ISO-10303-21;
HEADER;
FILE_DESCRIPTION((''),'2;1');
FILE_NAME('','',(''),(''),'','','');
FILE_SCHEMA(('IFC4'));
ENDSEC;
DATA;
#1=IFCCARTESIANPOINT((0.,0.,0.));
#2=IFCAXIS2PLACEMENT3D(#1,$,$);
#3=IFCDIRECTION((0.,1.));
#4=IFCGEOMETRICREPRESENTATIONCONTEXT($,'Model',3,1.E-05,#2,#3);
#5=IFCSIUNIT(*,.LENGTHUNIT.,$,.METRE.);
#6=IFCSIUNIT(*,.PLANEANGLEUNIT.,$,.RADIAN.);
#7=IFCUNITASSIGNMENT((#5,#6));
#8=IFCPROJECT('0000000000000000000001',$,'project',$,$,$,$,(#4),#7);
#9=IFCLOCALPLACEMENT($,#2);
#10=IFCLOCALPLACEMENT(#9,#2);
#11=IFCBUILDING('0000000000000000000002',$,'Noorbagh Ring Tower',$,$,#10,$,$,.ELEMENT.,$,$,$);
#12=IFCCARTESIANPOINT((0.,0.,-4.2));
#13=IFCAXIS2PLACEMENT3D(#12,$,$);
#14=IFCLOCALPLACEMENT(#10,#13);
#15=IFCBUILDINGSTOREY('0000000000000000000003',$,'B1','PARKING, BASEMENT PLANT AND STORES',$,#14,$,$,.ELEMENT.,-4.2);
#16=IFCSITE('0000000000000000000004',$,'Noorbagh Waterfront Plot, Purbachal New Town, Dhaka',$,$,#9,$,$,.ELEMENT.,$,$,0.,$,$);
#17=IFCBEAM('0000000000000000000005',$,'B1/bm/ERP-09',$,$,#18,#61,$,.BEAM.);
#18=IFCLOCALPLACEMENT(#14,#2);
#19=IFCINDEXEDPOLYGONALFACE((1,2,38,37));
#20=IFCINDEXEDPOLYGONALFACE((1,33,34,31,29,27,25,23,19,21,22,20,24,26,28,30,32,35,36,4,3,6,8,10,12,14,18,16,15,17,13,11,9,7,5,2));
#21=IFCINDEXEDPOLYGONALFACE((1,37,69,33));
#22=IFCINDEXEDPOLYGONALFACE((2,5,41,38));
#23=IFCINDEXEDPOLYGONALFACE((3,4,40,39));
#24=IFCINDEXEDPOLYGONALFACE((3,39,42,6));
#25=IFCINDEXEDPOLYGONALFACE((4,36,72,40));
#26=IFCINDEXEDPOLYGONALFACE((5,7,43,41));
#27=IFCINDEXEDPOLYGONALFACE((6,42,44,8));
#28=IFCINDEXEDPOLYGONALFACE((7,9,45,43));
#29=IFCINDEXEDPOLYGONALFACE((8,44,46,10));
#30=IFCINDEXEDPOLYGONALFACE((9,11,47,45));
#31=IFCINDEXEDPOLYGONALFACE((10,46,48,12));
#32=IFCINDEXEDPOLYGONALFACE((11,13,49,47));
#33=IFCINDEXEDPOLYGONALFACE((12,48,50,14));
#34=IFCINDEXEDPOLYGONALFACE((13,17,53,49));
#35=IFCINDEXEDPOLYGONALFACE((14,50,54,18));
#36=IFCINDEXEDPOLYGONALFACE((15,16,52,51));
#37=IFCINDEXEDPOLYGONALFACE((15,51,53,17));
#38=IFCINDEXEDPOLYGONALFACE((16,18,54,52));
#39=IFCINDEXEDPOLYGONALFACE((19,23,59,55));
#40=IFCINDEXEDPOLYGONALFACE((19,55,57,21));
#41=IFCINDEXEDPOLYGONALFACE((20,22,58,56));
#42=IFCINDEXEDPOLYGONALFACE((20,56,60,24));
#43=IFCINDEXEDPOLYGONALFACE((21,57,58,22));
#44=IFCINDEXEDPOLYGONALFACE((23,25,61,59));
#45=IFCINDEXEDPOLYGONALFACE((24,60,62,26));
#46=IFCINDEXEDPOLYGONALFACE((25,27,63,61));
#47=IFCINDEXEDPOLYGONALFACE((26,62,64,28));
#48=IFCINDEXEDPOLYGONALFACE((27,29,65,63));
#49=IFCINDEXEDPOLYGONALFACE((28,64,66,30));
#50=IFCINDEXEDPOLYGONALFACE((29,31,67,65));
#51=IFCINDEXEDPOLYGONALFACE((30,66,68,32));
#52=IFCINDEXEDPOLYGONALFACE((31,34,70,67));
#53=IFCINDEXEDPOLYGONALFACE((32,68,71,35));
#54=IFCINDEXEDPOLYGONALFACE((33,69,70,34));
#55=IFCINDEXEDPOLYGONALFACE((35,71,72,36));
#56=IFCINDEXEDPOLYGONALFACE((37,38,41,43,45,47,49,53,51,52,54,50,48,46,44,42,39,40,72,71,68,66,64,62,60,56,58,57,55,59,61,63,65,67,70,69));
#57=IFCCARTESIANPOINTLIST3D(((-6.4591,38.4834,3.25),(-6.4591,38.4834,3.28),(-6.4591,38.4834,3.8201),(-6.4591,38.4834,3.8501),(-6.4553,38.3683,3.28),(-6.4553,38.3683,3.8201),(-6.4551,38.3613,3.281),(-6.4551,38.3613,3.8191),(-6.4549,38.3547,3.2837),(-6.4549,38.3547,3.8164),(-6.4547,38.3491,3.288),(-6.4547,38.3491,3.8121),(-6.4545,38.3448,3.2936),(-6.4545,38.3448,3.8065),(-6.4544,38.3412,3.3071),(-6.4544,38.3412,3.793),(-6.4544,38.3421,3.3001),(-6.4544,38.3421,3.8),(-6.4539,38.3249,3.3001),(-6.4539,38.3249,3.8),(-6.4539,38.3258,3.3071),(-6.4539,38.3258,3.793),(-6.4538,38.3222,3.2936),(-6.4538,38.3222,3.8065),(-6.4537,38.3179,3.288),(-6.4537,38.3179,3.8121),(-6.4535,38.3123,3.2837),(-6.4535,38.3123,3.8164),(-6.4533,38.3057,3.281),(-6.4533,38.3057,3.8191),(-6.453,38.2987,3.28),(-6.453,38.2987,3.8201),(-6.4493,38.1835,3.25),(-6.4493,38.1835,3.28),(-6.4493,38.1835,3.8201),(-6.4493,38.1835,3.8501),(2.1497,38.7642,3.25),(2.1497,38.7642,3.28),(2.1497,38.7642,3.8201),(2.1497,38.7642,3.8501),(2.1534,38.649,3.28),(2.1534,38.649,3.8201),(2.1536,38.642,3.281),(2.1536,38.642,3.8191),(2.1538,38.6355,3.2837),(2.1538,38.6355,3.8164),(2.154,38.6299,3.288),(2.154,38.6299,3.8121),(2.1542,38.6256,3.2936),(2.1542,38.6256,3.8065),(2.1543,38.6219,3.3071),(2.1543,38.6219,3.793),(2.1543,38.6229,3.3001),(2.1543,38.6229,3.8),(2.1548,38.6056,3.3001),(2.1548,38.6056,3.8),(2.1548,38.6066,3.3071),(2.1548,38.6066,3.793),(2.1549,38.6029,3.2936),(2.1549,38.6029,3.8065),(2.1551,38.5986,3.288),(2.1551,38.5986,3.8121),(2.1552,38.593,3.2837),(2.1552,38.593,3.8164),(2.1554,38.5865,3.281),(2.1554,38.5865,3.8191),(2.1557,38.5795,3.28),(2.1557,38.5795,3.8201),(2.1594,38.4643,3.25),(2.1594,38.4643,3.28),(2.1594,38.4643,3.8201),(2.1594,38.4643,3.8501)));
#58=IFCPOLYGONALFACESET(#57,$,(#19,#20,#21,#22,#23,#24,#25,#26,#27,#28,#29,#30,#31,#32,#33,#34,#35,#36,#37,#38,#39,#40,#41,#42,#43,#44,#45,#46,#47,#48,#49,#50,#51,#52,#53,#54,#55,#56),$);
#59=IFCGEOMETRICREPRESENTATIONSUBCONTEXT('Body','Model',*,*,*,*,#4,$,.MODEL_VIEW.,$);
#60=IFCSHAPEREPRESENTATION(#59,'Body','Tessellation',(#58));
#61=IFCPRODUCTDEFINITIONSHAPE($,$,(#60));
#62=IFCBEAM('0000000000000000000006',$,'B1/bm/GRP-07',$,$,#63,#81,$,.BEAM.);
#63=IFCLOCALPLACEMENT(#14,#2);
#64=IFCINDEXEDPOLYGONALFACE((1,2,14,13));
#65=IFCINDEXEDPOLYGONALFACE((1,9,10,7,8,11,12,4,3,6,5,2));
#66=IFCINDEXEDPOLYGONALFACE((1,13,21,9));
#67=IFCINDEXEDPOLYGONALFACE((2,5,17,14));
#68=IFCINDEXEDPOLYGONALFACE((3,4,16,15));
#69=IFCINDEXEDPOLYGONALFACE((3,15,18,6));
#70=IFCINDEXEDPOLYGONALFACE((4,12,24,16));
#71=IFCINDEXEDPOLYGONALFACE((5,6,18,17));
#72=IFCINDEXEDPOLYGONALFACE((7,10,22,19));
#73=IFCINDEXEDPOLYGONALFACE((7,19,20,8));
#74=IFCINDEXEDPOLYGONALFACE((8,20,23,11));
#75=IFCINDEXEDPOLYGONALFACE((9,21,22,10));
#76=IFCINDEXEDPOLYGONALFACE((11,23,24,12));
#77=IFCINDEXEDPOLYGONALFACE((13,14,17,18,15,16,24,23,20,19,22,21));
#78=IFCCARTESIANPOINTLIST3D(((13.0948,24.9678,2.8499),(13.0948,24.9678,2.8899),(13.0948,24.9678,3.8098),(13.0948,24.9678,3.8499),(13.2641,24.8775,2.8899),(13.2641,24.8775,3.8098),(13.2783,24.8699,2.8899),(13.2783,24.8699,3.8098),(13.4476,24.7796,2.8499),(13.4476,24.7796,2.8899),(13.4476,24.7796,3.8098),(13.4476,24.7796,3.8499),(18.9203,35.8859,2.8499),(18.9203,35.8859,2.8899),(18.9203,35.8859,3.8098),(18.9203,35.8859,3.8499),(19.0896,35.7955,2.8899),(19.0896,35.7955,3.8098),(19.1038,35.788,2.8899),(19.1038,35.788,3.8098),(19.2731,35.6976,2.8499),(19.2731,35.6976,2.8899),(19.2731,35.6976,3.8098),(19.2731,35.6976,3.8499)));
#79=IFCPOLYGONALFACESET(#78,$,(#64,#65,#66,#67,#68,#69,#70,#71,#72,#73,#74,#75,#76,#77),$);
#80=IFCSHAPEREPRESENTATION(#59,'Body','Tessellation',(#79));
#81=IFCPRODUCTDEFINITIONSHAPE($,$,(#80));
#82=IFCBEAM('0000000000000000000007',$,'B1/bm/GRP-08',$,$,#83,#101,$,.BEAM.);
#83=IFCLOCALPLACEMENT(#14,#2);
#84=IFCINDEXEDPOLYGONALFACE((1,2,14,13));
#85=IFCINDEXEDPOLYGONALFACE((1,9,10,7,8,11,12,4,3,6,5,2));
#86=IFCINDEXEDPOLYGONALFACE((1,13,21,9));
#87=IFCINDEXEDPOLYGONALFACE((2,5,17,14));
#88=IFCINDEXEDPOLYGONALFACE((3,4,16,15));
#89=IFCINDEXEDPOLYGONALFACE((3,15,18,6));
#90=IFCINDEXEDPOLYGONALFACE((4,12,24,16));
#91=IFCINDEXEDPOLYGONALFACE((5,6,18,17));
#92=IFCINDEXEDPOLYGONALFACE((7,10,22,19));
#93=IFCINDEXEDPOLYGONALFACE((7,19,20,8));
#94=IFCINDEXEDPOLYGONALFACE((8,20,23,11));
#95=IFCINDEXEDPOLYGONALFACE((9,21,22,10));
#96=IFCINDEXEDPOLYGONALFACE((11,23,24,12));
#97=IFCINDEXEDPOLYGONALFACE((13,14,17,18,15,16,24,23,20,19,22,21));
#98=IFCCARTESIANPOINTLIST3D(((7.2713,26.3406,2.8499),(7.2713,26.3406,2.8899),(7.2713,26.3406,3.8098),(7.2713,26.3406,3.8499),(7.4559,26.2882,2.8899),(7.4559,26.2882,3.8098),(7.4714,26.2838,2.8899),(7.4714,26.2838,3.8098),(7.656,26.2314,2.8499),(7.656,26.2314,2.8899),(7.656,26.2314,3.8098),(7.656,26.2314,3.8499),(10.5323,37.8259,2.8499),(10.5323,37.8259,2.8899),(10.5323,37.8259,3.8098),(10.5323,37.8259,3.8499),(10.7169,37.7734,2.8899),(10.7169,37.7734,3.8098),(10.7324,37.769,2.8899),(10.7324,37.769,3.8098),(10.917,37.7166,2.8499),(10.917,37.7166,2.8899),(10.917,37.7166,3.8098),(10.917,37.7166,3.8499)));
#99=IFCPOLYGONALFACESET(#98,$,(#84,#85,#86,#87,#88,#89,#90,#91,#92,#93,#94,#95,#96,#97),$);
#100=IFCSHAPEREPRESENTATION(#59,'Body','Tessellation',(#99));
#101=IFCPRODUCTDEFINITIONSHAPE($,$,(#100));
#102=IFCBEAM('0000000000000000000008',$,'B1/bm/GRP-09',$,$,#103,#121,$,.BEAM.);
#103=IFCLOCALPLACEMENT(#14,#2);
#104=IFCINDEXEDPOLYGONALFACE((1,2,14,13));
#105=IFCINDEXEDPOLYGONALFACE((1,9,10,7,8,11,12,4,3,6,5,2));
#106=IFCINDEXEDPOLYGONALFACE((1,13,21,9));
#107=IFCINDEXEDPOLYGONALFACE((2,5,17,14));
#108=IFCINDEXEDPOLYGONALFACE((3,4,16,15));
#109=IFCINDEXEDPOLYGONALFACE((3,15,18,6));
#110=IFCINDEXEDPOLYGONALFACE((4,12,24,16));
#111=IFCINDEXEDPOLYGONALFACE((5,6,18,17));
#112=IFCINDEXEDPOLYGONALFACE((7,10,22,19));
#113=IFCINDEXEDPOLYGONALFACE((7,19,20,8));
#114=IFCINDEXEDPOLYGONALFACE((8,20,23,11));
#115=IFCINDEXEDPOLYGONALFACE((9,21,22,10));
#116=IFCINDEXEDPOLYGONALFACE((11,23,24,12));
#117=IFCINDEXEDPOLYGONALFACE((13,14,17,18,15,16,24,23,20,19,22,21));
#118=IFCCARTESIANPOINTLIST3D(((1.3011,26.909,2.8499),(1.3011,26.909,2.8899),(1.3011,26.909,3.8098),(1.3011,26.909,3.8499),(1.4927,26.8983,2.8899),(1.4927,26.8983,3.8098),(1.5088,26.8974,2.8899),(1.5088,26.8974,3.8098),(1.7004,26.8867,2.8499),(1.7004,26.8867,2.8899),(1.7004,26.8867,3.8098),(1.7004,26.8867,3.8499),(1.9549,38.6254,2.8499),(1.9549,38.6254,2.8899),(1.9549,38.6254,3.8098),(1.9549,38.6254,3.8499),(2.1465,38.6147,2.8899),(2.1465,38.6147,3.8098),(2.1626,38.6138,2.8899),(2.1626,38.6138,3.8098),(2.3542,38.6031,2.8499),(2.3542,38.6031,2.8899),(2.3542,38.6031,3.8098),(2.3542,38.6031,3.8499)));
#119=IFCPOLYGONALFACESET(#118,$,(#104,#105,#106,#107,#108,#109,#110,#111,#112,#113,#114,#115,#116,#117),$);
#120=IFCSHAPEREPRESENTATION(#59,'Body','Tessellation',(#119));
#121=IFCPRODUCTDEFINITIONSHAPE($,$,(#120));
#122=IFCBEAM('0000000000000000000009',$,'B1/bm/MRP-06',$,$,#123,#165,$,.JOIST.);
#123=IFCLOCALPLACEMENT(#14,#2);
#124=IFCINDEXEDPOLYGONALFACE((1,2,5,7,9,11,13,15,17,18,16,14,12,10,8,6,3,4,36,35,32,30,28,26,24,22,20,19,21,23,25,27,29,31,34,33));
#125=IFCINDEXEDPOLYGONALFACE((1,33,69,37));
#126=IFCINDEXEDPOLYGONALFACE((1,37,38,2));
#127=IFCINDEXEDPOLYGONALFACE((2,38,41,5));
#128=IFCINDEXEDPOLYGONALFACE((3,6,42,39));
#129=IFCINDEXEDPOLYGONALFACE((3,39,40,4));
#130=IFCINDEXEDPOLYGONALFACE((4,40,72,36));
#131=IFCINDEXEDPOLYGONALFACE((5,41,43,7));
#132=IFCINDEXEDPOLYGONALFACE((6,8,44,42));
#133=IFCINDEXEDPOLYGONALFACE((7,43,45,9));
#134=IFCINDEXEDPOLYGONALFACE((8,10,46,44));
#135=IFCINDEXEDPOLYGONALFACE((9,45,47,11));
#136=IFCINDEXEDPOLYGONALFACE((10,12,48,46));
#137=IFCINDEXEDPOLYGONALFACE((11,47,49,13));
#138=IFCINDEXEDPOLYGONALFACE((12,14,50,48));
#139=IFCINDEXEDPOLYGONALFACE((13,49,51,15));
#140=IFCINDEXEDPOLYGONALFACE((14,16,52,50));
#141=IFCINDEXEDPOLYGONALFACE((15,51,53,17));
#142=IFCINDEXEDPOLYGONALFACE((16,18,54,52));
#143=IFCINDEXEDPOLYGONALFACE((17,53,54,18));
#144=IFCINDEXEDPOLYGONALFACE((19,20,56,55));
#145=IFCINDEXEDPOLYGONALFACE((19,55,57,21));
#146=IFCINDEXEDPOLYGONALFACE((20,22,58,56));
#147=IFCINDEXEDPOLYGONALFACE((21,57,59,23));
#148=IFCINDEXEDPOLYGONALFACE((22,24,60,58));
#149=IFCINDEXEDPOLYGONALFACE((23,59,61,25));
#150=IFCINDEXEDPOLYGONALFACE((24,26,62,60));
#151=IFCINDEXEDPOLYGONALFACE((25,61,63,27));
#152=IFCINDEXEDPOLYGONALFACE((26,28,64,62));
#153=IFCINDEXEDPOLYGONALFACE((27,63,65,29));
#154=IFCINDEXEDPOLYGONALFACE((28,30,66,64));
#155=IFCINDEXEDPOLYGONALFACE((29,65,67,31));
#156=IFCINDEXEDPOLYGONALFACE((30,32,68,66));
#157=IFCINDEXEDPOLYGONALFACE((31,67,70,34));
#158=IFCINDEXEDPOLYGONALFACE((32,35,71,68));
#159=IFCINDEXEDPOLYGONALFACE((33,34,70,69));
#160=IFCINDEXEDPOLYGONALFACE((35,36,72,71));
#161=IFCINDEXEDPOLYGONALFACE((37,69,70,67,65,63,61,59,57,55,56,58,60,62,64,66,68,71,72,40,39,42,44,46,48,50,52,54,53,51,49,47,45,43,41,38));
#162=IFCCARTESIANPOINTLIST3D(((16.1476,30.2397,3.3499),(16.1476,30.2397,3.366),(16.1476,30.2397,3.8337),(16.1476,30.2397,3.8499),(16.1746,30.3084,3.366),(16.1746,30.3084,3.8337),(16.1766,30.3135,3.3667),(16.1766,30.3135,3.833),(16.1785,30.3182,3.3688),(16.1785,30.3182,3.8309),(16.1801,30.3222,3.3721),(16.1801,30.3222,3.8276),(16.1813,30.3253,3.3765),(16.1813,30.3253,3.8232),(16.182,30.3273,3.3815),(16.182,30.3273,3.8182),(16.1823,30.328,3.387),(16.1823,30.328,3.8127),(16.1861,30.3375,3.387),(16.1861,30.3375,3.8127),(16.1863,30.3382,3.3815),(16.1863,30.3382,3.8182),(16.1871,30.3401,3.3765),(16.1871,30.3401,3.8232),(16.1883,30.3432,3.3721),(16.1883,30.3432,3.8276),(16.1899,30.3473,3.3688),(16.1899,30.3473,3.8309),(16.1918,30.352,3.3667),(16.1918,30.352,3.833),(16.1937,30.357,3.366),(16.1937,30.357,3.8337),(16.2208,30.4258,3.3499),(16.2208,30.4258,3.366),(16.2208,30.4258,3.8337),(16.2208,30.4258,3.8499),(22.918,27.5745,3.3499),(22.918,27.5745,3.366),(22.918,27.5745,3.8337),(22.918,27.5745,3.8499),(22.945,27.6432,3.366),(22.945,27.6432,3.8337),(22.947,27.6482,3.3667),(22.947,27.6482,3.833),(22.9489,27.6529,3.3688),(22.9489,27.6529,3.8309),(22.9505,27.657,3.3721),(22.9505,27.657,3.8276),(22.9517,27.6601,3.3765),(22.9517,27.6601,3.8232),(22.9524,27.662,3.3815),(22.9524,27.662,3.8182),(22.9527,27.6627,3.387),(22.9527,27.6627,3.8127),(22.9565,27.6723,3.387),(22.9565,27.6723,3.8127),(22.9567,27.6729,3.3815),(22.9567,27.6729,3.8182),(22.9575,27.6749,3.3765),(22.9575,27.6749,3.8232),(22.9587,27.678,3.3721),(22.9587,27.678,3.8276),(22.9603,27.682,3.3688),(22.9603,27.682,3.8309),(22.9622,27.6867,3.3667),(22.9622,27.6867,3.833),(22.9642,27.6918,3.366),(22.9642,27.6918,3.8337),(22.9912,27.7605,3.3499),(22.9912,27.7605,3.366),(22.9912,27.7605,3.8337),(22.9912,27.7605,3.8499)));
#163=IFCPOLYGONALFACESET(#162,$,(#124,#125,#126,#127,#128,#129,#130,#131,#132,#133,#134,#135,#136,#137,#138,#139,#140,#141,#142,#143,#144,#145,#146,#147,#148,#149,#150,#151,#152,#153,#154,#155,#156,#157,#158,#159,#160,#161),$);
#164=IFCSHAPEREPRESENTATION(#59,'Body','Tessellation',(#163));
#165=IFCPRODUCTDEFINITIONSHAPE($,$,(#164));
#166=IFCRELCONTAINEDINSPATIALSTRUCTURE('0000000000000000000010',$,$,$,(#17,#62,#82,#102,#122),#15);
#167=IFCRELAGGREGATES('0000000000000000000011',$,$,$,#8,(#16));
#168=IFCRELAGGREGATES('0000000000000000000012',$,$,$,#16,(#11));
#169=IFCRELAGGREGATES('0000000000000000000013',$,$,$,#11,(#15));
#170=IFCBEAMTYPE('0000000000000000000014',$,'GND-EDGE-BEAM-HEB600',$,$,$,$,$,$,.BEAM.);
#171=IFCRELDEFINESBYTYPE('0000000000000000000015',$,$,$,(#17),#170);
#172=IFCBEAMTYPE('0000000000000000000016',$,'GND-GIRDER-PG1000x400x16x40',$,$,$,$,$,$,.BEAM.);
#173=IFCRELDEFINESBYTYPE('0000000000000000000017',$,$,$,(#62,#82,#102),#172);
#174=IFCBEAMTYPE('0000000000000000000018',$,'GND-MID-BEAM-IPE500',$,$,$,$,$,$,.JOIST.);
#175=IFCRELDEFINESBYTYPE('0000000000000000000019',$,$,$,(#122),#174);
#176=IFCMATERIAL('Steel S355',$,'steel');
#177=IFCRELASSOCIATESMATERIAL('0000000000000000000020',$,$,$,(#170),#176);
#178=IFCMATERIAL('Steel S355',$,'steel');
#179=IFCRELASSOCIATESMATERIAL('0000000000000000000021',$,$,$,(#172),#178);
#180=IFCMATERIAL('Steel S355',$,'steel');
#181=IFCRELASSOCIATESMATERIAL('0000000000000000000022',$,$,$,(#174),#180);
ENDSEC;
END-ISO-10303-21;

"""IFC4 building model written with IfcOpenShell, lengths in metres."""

from ifc_helpers import new_model, si_unit, direction, frame, origin, origin_2d, place, context, subcontext, project, spatial, i_section, extrude, material, material_profile, profile_set, type_object, element, save


model = new_model("IFC4")

# Units and contexts
model_context = context("Model", 3, precision=1e-05, world=origin(), true_north=direction((0.0, 1.0)))
body_context = subcontext(model_context, "Body", "Model", "MODEL_VIEW")
ifc_project = project(units=[si_unit("LENGTHUNIT", "METRE"), si_unit("PLANEANGLEUNIT", "RADIAN")], contexts=[model_context])

# Site, building, storey
site_placement = place(None, origin())
site = spatial("IfcSite", under=ifc_project, at=site_placement, Name="Noorbagh Waterfront Plot, Purbachal New Town, Dhaka", CompositionType="ELEMENT", RefElevation=0.0)
building_placement = place(site_placement, origin())
building = spatial("IfcBuilding", under=site, at=building_placement, Name="Noorbagh Ring Tower", CompositionType="ELEMENT")
storey_placement = place(building_placement, frame((0.0, 0.0, -4.2)))
storey = spatial("IfcBuildingStorey", under=building, at=storey_placement, Name="B1", Description="PARKING, BASEMENT PLANT AND STORES", CompositionType="ELEMENT", Elevation=-4.2)

# Beams
ifc_material_1 = material(Name="Steel S355", Category="steel")
ifc_material_profile_1 = material_profile(ifc_material_1, i_section(OverallWidth=0.3, OverallDepth=0.6001, WebThickness=0.0154, FlangeThickness=0.03, FilletRadius=0.0271, at=origin_2d()), Name="HEB600")
ifc_profile_set_1 = profile_set([ifc_material_profile_1], Name="Steel S355")
beam_type_1 = type_object("IfcBeamType", Name="GND-EDGE-BEAM-HEB600", PredefinedType="BEAM", material=ifc_profile_set_1)
beam_1_placement = place(storey_placement, frame((2.1545, 38.6143, 3.55), z_axis=(-0.999469, -0.032597, 0.0), x_axis=(0.032597, -0.999469, 0.0)))
element("IfcBeam", 1, at=beam_1_placement, inside=storey, type_object=beam_type_1, Name="B1/bm/ERP-09", PredefinedType="BEAM", context=body_context, shape_type="SweptSolid", body=[
    extrude(i_section(OverallWidth=0.3, OverallDepth=0.6001, WebThickness=0.0154, FlangeThickness=0.03, FilletRadius=0.0271, at=origin_2d()), origin(), (0.0, 0.0, 1.0), 8.6133),
])
ifc_material_2 = material(Name="Steel S355", Category="steel")
ifc_material_profile_2 = material_profile(ifc_material_2, i_section(OverallWidth=0.3999, OverallDepth=1.0, WebThickness=0.0161, FlangeThickness=0.04, at=origin_2d()), Name="PG1000x400x16x40")
ifc_profile_set_2 = profile_set([ifc_material_profile_2], Name="Steel S355")
beam_type_2 = type_object("IfcBeamType", Name="GND-GIRDER-PG1000x400x16x40", PredefinedType="BEAM", material=ifc_profile_set_2)
beam_2_placement = place(storey_placement, frame((19.0967, 35.7917, 3.3499), z_axis=(-0.470747, -0.882268, 0.0), x_axis=(0.882268, -0.470747, 0.0)))
element("IfcBeam", 2, at=beam_2_placement, inside=storey, type_object=beam_type_2, Name="B1/bm/GRP-07", PredefinedType="BEAM", context=body_context, shape_type="SweptSolid", body=[
    extrude(i_section(OverallWidth=0.3999, OverallDepth=1.0, WebThickness=0.0161, FlangeThickness=0.04, at=origin_2d()), origin(), (0.0, 0.0, 1.0), 12.375),
])
beam_3_placement = place(storey_placement, frame((10.7246, 37.7712, 3.3499), z_axis=(-0.27313, -0.961977, 0.0), x_axis=(0.961977, -0.27313, 0.0)))
element("IfcBeam", 3, at=beam_3_placement, inside=storey, type_object=beam_type_2, Name="B1/bm/GRP-08", PredefinedType="BEAM", context=body_context, shape_type="SweptSolid", body=[
    extrude(i_section(OverallWidth=0.3999, OverallDepth=1.0, WebThickness=0.0161, FlangeThickness=0.04, at=origin_2d()), origin(), (0.0, 0.0, 1.0), 11.9392),
])
beam_4_placement = place(storey_placement, frame((2.1545, 38.6143, 3.3499), z_axis=(-0.055717, -0.998447, 0.0), x_axis=(0.998447, -0.055717, 0.0)))
element("IfcBeam", 4, at=beam_4_placement, inside=storey, type_object=beam_type_2, Name="B1/bm/GRP-09", PredefinedType="BEAM", context=body_context, shape_type="SweptSolid", body=[
    extrude(i_section(OverallWidth=0.3999, OverallDepth=1.0, WebThickness=0.0161, FlangeThickness=0.04, at=origin_2d()), origin(), (0.0, 0.0, 1.0), 11.7346),
])
ifc_material_3 = material(Name="Steel S355", Category="steel")
ifc_material_profile_3 = material_profile(ifc_material_3, i_section(OverallWidth=0.2, OverallDepth=0.5, WebThickness=0.0103, FlangeThickness=0.0161, FilletRadius=0.021, at=origin_2d()), Name="IPE500")
ifc_profile_set_3 = profile_set([ifc_material_profile_3], Name="Steel S355")
beam_type_3 = type_object("IfcBeamType", Name="GND-MID-BEAM-IPE500", PredefinedType="JOIST", material=ifc_profile_set_3)
beam_5_placement = place(storey_placement, frame((22.9546, 27.6675, 3.5999), z_axis=(-0.930497, 0.3663, 0.0), x_axis=(-0.3663, -0.930497, 0.0)))
element("IfcBeam", 5, at=beam_5_placement, inside=storey, type_object=beam_type_3, Name="B1/bm/MRP-06", PredefinedType="JOIST", context=body_context, shape_type="SweptSolid", body=[
    extrude(i_section(OverallWidth=0.2, OverallDepth=0.5, WebThickness=0.0103, FlangeThickness=0.0161, FilletRadius=0.021, at=origin_2d()), origin(), (0.0, 0.0, 1.0), 7.2761),
])

save(model, "model.ifc")
